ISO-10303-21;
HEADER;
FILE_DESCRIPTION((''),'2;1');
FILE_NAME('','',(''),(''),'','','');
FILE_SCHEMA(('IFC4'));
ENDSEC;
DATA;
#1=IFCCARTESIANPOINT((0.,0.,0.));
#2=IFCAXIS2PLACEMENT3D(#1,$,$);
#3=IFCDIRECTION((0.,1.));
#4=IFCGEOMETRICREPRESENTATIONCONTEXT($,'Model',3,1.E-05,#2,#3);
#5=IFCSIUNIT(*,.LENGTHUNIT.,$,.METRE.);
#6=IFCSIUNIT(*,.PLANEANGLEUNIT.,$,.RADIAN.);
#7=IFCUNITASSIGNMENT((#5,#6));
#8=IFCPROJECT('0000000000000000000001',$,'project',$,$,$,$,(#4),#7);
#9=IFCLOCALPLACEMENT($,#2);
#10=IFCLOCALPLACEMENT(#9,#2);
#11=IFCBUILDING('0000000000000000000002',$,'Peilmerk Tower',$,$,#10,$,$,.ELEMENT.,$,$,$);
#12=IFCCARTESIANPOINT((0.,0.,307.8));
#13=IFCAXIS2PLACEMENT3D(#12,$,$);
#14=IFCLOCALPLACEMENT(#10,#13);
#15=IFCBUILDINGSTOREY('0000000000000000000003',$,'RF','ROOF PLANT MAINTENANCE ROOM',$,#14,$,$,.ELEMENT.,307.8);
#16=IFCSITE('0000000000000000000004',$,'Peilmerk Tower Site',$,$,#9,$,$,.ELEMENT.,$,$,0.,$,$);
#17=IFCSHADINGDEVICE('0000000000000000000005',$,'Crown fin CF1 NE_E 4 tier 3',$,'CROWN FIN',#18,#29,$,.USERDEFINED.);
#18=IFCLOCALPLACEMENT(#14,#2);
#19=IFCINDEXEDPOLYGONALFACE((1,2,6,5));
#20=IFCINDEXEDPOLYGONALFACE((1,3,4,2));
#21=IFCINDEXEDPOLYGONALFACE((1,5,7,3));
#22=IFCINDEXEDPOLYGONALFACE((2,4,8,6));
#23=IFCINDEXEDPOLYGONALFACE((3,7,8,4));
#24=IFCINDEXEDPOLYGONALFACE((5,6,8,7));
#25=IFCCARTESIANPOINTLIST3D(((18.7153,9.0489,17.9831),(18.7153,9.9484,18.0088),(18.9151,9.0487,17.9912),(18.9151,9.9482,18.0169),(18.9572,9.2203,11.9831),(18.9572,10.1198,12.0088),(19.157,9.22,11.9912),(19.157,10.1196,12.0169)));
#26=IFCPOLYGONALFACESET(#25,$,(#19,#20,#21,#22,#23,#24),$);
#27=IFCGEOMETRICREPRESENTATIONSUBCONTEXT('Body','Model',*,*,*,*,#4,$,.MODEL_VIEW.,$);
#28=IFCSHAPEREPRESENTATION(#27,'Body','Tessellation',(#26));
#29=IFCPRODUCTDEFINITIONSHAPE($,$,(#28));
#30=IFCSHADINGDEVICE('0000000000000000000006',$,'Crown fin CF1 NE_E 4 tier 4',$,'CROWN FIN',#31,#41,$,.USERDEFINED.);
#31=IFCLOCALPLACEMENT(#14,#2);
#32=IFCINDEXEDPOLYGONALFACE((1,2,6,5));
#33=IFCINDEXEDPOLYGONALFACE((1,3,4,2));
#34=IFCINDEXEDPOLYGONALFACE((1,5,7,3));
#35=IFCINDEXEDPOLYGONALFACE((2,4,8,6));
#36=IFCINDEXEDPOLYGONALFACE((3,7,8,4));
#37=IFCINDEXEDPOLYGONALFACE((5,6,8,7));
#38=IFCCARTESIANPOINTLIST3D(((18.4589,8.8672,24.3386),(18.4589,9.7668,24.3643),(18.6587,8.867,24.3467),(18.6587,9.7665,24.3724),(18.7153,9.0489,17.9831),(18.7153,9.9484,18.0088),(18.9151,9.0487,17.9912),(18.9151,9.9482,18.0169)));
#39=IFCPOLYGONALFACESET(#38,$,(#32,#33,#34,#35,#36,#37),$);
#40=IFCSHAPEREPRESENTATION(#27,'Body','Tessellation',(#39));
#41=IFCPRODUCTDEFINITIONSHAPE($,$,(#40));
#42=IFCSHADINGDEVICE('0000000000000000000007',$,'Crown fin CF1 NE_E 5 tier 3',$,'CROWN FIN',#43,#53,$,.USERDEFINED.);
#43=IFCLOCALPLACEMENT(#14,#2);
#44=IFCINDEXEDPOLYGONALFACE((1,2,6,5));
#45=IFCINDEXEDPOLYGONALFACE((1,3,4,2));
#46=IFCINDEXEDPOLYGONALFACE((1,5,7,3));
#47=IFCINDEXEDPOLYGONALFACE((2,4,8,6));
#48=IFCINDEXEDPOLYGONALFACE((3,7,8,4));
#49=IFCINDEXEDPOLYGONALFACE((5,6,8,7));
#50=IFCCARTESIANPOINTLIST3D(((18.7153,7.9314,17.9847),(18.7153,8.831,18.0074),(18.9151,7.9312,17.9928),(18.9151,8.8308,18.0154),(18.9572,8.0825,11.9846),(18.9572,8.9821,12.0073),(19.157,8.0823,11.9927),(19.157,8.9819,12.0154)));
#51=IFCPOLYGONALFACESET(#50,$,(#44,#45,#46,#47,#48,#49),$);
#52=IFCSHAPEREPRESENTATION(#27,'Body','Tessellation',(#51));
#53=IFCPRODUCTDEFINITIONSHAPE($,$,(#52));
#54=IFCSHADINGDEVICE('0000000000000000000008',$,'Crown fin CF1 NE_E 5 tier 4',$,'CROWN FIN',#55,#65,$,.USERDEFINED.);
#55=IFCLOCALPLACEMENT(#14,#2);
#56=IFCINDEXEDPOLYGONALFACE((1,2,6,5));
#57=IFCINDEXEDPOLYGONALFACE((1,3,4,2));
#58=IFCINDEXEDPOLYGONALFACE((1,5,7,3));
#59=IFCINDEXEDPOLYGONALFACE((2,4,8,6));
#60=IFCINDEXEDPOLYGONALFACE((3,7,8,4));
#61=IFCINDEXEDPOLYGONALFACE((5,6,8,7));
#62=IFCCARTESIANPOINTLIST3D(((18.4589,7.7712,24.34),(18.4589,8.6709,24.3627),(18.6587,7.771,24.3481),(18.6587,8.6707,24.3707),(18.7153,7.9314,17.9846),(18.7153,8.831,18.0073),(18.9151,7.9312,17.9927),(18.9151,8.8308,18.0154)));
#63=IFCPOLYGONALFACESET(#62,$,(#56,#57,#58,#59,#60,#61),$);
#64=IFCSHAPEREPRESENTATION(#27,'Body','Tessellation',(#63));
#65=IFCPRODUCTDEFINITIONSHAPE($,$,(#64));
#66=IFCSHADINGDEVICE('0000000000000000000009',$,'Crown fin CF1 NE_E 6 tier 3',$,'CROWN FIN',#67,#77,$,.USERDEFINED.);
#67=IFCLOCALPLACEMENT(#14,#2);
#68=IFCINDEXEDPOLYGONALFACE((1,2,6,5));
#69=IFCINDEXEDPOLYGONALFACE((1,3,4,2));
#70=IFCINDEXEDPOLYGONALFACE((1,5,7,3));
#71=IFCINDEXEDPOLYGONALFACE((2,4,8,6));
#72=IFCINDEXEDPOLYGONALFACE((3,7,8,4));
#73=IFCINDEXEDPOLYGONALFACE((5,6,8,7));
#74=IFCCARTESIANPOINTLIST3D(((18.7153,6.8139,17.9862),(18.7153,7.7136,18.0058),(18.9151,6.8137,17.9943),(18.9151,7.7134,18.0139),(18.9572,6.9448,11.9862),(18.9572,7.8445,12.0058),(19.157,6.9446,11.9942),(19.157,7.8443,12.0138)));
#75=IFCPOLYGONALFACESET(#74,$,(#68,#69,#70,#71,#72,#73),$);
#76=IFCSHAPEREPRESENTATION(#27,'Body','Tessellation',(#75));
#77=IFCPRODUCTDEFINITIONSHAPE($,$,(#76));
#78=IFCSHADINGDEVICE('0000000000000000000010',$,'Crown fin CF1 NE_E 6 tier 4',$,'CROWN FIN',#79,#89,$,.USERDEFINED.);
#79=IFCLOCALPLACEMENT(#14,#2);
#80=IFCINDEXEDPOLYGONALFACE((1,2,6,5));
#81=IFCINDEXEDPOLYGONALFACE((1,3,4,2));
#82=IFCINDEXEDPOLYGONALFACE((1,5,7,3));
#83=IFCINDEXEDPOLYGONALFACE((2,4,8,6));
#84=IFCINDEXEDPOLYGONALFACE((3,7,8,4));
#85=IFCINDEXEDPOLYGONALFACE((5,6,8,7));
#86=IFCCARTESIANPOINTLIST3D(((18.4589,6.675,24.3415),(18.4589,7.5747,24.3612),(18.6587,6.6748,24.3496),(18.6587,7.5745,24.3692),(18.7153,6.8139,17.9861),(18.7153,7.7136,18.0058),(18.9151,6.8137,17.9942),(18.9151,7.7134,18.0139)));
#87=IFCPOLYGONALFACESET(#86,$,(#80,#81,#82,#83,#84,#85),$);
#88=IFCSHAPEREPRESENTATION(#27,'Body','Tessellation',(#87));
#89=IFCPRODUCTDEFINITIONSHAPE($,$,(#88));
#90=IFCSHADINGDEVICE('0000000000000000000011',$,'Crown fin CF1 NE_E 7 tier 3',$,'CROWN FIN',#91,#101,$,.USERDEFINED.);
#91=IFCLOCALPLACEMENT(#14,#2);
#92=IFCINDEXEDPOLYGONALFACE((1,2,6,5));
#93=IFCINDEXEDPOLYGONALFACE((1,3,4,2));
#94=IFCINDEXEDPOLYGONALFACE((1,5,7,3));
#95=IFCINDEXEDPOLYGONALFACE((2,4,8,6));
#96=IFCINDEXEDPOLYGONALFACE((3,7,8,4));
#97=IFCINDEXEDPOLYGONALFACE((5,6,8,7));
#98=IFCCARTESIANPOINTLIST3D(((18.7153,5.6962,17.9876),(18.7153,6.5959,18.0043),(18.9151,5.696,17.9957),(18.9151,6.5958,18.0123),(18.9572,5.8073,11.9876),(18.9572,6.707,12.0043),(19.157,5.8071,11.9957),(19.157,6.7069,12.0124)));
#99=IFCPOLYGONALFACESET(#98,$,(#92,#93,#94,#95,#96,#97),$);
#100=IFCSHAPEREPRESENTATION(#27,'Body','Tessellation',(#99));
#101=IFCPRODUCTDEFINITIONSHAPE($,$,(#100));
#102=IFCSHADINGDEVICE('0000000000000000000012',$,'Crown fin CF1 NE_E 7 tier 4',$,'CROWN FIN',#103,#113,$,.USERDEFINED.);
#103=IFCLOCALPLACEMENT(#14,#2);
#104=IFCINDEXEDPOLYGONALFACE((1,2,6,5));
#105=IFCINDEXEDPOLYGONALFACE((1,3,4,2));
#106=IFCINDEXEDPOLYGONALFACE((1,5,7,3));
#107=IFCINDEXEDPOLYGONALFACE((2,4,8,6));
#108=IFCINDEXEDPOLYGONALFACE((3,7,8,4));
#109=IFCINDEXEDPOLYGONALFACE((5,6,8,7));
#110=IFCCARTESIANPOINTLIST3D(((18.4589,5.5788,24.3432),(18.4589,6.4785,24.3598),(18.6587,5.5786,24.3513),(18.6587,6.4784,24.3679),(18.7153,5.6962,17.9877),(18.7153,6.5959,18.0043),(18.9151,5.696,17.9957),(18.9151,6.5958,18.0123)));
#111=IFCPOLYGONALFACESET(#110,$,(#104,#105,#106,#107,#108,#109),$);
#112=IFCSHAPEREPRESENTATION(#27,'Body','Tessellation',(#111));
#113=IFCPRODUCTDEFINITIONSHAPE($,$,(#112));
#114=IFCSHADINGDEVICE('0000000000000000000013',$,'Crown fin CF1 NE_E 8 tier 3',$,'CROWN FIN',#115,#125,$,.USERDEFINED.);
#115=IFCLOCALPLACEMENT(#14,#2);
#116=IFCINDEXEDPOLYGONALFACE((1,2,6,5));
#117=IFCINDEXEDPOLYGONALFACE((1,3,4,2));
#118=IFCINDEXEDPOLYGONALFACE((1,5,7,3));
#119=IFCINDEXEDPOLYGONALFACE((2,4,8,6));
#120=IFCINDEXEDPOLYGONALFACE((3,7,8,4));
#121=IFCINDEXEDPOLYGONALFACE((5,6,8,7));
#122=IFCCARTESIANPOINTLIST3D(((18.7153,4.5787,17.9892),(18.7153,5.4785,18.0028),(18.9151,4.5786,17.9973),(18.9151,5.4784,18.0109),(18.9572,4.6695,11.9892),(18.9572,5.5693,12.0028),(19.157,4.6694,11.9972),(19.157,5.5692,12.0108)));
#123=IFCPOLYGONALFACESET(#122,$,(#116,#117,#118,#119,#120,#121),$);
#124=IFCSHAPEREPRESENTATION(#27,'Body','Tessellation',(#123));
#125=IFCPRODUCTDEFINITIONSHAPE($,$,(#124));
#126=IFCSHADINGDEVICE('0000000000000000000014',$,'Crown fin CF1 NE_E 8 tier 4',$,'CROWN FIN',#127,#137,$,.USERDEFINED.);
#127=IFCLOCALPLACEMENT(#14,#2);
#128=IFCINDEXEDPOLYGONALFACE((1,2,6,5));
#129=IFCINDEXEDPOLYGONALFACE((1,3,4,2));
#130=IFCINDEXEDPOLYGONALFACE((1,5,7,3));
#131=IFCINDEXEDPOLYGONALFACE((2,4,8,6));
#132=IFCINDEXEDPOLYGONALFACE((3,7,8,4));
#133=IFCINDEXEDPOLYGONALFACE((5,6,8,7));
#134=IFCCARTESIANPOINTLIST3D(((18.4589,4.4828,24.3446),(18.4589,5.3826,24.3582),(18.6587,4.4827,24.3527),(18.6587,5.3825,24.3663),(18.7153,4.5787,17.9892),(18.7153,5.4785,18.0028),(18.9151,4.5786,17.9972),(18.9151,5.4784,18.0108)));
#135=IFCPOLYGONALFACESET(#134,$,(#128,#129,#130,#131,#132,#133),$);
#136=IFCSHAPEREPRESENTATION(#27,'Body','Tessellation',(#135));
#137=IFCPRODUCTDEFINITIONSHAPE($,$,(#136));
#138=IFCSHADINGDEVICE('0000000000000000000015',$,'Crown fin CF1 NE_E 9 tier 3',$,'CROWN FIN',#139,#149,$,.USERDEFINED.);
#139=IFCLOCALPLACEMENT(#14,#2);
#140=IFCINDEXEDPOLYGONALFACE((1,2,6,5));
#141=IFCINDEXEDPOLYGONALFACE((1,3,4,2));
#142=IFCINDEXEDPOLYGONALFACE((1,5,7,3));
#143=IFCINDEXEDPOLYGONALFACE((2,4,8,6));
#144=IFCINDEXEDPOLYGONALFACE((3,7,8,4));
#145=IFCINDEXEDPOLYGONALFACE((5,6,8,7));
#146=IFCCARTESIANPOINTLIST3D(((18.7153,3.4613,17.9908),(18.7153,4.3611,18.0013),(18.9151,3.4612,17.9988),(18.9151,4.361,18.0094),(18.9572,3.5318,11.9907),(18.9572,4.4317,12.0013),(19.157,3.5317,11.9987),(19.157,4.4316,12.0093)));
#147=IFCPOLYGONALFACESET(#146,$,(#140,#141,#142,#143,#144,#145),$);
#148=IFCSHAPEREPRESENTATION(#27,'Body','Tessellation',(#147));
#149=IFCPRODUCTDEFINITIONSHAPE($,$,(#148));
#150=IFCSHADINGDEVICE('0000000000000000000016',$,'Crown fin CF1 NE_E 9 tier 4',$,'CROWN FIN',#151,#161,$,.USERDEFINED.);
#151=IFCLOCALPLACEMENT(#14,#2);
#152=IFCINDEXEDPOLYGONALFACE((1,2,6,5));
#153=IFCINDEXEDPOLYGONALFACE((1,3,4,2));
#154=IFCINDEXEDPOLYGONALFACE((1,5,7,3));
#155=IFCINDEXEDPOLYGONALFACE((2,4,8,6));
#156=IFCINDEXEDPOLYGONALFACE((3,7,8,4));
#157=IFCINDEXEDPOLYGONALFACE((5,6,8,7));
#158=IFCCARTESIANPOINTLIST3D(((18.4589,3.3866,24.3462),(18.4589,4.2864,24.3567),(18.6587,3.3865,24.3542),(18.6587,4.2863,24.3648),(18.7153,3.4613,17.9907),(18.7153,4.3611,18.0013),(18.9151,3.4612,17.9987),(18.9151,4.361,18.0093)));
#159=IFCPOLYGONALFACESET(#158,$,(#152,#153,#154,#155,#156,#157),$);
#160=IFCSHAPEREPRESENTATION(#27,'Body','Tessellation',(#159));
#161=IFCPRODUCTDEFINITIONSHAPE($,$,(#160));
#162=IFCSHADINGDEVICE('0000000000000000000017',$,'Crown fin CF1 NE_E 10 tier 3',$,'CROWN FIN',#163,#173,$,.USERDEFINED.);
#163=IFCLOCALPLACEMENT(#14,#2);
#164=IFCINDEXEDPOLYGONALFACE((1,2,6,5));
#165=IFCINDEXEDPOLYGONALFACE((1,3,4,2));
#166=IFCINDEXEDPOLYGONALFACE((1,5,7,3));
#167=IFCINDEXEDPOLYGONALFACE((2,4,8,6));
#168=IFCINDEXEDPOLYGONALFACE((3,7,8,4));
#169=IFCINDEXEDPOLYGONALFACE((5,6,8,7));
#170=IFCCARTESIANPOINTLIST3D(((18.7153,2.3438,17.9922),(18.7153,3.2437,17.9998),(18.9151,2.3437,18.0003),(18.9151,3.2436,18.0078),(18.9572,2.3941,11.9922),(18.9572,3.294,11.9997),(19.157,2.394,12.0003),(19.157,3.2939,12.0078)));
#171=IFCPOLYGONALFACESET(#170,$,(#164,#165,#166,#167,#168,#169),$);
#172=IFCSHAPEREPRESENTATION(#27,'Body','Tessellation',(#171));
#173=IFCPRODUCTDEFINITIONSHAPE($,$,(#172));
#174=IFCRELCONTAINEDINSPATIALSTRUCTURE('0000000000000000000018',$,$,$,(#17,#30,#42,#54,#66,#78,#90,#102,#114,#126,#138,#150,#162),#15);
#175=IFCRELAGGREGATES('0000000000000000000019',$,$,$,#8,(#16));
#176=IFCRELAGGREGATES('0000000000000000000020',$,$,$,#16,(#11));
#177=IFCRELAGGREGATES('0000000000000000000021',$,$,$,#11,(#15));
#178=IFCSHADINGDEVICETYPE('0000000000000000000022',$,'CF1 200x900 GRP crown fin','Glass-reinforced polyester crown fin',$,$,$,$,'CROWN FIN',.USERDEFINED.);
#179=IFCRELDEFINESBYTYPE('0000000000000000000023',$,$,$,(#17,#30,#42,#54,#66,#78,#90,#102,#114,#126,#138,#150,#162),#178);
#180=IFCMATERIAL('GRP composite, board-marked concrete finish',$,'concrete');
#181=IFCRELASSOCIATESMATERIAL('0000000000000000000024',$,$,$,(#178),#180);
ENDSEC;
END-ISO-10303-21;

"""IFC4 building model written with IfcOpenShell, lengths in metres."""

from ifc_helpers import new_model, si_unit, direction, frame, origin, origin_2d, place, context, subcontext, project, spatial, rectangle, extrude, source, transform, mapped, material, material_profile, profile_set, type_object, element, save


model = new_model("IFC4")

# Units and contexts
model_context = context("Model", 3, precision=1e-05, world=origin(), true_north=direction((0.0, 1.0)))
body_context = subcontext(model_context, "Body", "Model", "MODEL_VIEW")
ifc_project = project(units=[si_unit("LENGTHUNIT", "METRE"), si_unit("PLANEANGLEUNIT", "RADIAN")], contexts=[model_context])

# Site, building, storey
site_placement = place(None, origin())
site = spatial("IfcSite", under=ifc_project, at=site_placement, Name="Peilmerk Tower Site", CompositionType="ELEMENT", RefElevation=0.0)
building_placement = place(site_placement, origin())
building = spatial("IfcBuilding", under=site, at=building_placement, Name="Peilmerk Tower", CompositionType="ELEMENT")
storey_placement = place(building_placement, frame((0.0, 0.0, 307.8)))
storey = spatial("IfcBuildingStorey", under=building, at=storey_placement, Name="RF", Description="ROOF PLANT MAINTENANCE ROOM", CompositionType="ELEMENT", Elevation=307.8)

# Shading devices
ifc_material_1 = material(Name="GRP composite, board-marked concrete finish", Category="concrete")
ifc_material_profile = material_profile(ifc_material_1, rectangle(XDim=0.2, YDim=0.8999, at=origin_2d()), Name="CF1 200x900")
ifc_profile_set = profile_set([ifc_material_profile], Name="GRP composite, board-marked concrete finish")
shading_device_type = type_object("IfcShadingDeviceType", Name="CF1 200x900 GRP crown fin", Description="Glass-reinforced polyester crown fin", ElementType="CROWN FIN", PredefinedType="USERDEFINED", material=ifc_profile_set)
shared_shape_1 = source(origin(), body_context, "Body", "SweptSolid", [
    extrude(rectangle(XDim=0.2, YDim=0.8999, at=origin_2d()), origin(), (0.0, 0.0, 1.0), 6.0073),
])
shading_device_1_placement = place(storey_placement, frame((19.0571, 9.6699, 12.0), z_axis=(-0.040275, -0.02853, 0.998781), x_axis=(0.999189, -0.00115, 0.040258)))
element("IfcShadingDevice", 1, at=shading_device_1_placement, inside=storey, type_object=shading_device_type, Name="Crown fin CF1 NE_E 4 tier 3", ObjectType="CROWN FIN", PredefinedType="USERDEFINED", context=body_context, shape_type="MappedRepresentation", body=[
    mapped(shared_shape_1, transform((0.0, 0.0, 0.0), scale=1.0)),
])
shared_shape_2 = source(origin(), body_context, "Body", "SweptSolid", [
    extrude(rectangle(XDim=0.2, YDim=0.8999, at=origin_2d()), origin(), (0.0, 0.0, 1.0), 6.3633),
])
shading_device_2_placement = place(storey_placement, frame((18.8152, 9.4985, 18.0), z_axis=(-0.040286, -0.028545, 0.99878), x_axis=(0.999188, -0.001151, 0.040269)))
element("IfcShadingDevice", 2, at=shading_device_2_placement, inside=storey, type_object=shading_device_type, Name="Crown fin CF1 NE_E 4 tier 4", ObjectType="CROWN FIN", PredefinedType="USERDEFINED", context=body_context, shape_type="MappedRepresentation", body=[
    mapped(shared_shape_2, transform((0.0, 0.0, 0.0), scale=1.0)),
])
shared_shape_3 = source(origin(), body_context, "Body", "SweptSolid", [
    extrude(rectangle(XDim=0.2, YDim=0.8999, at=origin_2d()), origin(), (0.0, 0.0, 1.0), 6.0068),
])
shading_device_3_placement = place(storey_placement, frame((19.0571, 8.5322, 12.0), z_axis=(-0.040278, -0.025159, 0.998872), x_axis=(0.999188, -0.001014, 0.040266)))
element("IfcShadingDevice", 3, at=shading_device_3_placement, inside=storey, type_object=shading_device_type, Name="Crown fin CF1 NE_E 5 tier 3", ObjectType="CROWN FIN", PredefinedType="USERDEFINED", context=body_context, shape_type="MappedRepresentation", body=[
    mapped(shared_shape_3, transform((0.0, 0.0, 0.0), scale=1.0)),
])
shared_shape_4 = source(origin(), body_context, "Body", "SweptSolid", [
    extrude(rectangle(XDim=0.2, YDim=0.8999, at=origin_2d()), origin(), (0.0, 0.0, 1.0), 6.3625),
])
shading_device_4_placement = place(storey_placement, frame((18.8152, 8.3811, 18.0), z_axis=(-0.040289, -0.025171, 0.998871), x_axis=(0.999188, -0.001015, 0.040277)))
element("IfcShadingDevice", 4, at=shading_device_4_placement, inside=storey, type_object=shading_device_type, Name="Crown fin CF1 NE_E 5 tier 4", ObjectType="CROWN FIN", PredefinedType="USERDEFINED", context=body_context, shape_type="MappedRepresentation", body=[
    mapped(shared_shape_4, transform((0.0, 0.0, 0.0), scale=1.0)),
])
shared_shape_5 = source(origin(), body_context, "Body", "SweptSolid", [
    extrude(rectangle(XDim=0.2, YDim=0.8999, at=origin_2d()), origin(), (0.0, 0.0, 1.0), 6.0063),
])
shading_device_5_placement = place(storey_placement, frame((19.0571, 7.3945, 12.0), z_axis=(-0.040282, -0.021787, 0.998951), x_axis=(0.999188, -0.000878, 0.040272)))
element("IfcShadingDevice", 5, at=shading_device_5_placement, inside=storey, type_object=shading_device_type, Name="Crown fin CF1 NE_E 6 tier 3", ObjectType="CROWN FIN", PredefinedType="USERDEFINED", context=body_context, shape_type="MappedRepresentation", body=[
    mapped(shared_shape_5, transform((0.0, 0.0, 0.0), scale=1.0)),
])
shared_shape_6 = source(origin(), body_context, "Body", "SweptSolid", [
    extrude(rectangle(XDim=0.2, YDim=0.8999, at=origin_2d()), origin(), (0.0, 0.0, 1.0), 6.3621),
])
shading_device_6_placement = place(storey_placement, frame((18.8152, 7.2637, 18.0), z_axis=(-0.040293, -0.021835, 0.998949), x_axis=(0.999188, -0.00088, 0.040283)))
element("IfcShadingDevice", 6, at=shading_device_6_placement, inside=storey, type_object=shading_device_type, Name="Crown fin CF1 NE_E 6 tier 4", ObjectType="CROWN FIN", PredefinedType="USERDEFINED", context=body_context, shape_type="MappedRepresentation", body=[
    mapped(shared_shape_6, transform((0.0, 0.0, 0.0), scale=1.0)),
])
shared_shape_7 = source(origin(), body_context, "Body", "SweptSolid", [
    extrude(rectangle(XDim=0.2, YDim=0.8999, at=origin_2d()), origin(), (0.0, 0.0, 1.0), 6.0059),
])
shading_device_7_placement = place(storey_placement, frame((19.0571, 6.2571, 12.0), z_axis=(-0.040284, -0.018496, 0.999017), x_axis=(0.999188, -0.000746, 0.040277)))
element("IfcShadingDevice", 7, at=shading_device_7_placement, inside=storey, type_object=shading_device_type, Name="Crown fin CF1 NE_E 7 tier 3", ObjectType="CROWN FIN", PredefinedType="USERDEFINED", context=body_context, shape_type="MappedRepresentation", body=[
    mapped(shared_shape_7, transform((0.0, 0.0, 0.0), scale=1.0)),
])
shared_shape_8 = source(origin(), body_context, "Body", "SweptSolid", [
    extrude(rectangle(XDim=0.2, YDim=0.8999, at=origin_2d()), origin(), (0.0, 0.0, 1.0), 6.3618),
])
shading_device_8_placement = place(storey_placement, frame((18.8152, 6.146, 18.0), z_axis=(-0.040295, -0.018459, 0.999017), x_axis=(0.999188, -0.000744, 0.040288)))
element("IfcShadingDevice", 8, at=shading_device_8_placement, inside=storey, type_object=shading_device_type, Name="Crown fin CF1 NE_E 7 tier 4", ObjectType="CROWN FIN", PredefinedType="USERDEFINED", context=body_context, shape_type="MappedRepresentation", body=[
    mapped(shared_shape_8, transform((0.0, 0.0, 0.0), scale=1.0)),
])
shared_shape_9 = source(origin(), body_context, "Body", "SweptSolid", [
    extrude(rectangle(XDim=0.2, YDim=0.8999, at=origin_2d()), origin(), (0.0, 0.0, 1.0), 6.0056),
])
shading_device_9_placement = place(storey_placement, frame((19.0571, 5.1194, 12.0), z_axis=(-0.040287, -0.015123, 0.999074), x_axis=(0.999188, -0.00061, 0.040282)))
element("IfcShadingDevice", 9, at=shading_device_9_placement, inside=storey, type_object=shading_device_type, Name="Crown fin CF1 NE_E 8 tier 3", ObjectType="CROWN FIN", PredefinedType="USERDEFINED", context=body_context, shape_type="MappedRepresentation", body=[
    mapped(shared_shape_9, transform((0.0, 0.0, 0.0), scale=1.0)),
])
shared_shape_10 = source(origin(), body_context, "Body", "SweptSolid", [
    extrude(rectangle(XDim=0.2, YDim=0.8999, at=origin_2d()), origin(), (0.0, 0.0, 1.0), 6.3613),
])
shading_device_10_placement = place(storey_placement, frame((18.8152, 5.0286, 18.0), z_axis=(-0.040298, -0.015083, 0.999074), x_axis=(0.999188, -0.000608, 0.040293)))
element("IfcShadingDevice", 10, at=shading_device_10_placement, inside=storey, type_object=shading_device_type, Name="Crown fin CF1 NE_E 8 tier 4", ObjectType="CROWN FIN", PredefinedType="USERDEFINED", context=body_context, shape_type="MappedRepresentation", body=[
    mapped(shared_shape_10, transform((0.0, 0.0, 0.0), scale=1.0)),
])
shared_shape_11 = source(origin(), body_context, "Body", "SweptSolid", [
    extrude(rectangle(XDim=0.2, YDim=0.8999, at=origin_2d()), origin(), (0.0, 0.0, 1.0), 6.0054),
])
shading_device_11_placement = place(storey_placement, frame((19.0571, 3.9817, 12.0), z_axis=(-0.040288, -0.011749, 0.999119), x_axis=(0.999188, -0.000474, 0.040286)))
element("IfcShadingDevice", 11, at=shading_device_11_placement, inside=storey, type_object=shading_device_type, Name="Crown fin CF1 NE_E 9 tier 3", ObjectType="CROWN FIN", PredefinedType="USERDEFINED", context=body_context, shape_type="MappedRepresentation", body=[
    mapped(shared_shape_11, transform((0.0, 0.0, 0.0), scale=1.0)),
])
shared_shape_12 = source(origin(), body_context, "Body", "SweptSolid", [
    extrude(rectangle(XDim=0.2, YDim=0.8999, at=origin_2d()), origin(), (0.0, 0.0, 1.0), 6.3611),
])
shading_device_12_placement = place(storey_placement, frame((18.8152, 3.9111, 18.0), z_axis=(-0.040299, -0.011744, 0.999119), x_axis=(0.999188, -0.000474, 0.040297)))
element("IfcShadingDevice", 12, at=shading_device_12_placement, inside=storey, type_object=shading_device_type, Name="Crown fin CF1 NE_E 9 tier 4", ObjectType="CROWN FIN", PredefinedType="USERDEFINED", context=body_context, shape_type="MappedRepresentation", body=[
    mapped(shared_shape_12, transform((0.0, 0.0, 0.0), scale=1.0)),
])
shared_shape_13 = source(origin(), body_context, "Body", "SweptSolid", [
    extrude(rectangle(XDim=0.2, YDim=0.8999, at=origin_2d()), origin(), (0.0, 0.0, 1.0), 6.0051),
])
shading_device_13_placement = place(storey_placement, frame((19.0571, 2.844, 12.0), z_axis=(-0.04029, -0.008375, 0.999153), x_axis=(0.999188, -0.000338, 0.040288)))
element("IfcShadingDevice", 13, at=shading_device_13_placement, inside=storey, type_object=shading_device_type, Name="Crown fin CF1 NE_E 10 tier 3", ObjectType="CROWN FIN", PredefinedType="USERDEFINED", context=body_context, shape_type="MappedRepresentation", body=[
    mapped(shared_shape_13, transform((0.0, 0.0, 0.0), scale=1.0)),
])

save(model, "model.ifc")
